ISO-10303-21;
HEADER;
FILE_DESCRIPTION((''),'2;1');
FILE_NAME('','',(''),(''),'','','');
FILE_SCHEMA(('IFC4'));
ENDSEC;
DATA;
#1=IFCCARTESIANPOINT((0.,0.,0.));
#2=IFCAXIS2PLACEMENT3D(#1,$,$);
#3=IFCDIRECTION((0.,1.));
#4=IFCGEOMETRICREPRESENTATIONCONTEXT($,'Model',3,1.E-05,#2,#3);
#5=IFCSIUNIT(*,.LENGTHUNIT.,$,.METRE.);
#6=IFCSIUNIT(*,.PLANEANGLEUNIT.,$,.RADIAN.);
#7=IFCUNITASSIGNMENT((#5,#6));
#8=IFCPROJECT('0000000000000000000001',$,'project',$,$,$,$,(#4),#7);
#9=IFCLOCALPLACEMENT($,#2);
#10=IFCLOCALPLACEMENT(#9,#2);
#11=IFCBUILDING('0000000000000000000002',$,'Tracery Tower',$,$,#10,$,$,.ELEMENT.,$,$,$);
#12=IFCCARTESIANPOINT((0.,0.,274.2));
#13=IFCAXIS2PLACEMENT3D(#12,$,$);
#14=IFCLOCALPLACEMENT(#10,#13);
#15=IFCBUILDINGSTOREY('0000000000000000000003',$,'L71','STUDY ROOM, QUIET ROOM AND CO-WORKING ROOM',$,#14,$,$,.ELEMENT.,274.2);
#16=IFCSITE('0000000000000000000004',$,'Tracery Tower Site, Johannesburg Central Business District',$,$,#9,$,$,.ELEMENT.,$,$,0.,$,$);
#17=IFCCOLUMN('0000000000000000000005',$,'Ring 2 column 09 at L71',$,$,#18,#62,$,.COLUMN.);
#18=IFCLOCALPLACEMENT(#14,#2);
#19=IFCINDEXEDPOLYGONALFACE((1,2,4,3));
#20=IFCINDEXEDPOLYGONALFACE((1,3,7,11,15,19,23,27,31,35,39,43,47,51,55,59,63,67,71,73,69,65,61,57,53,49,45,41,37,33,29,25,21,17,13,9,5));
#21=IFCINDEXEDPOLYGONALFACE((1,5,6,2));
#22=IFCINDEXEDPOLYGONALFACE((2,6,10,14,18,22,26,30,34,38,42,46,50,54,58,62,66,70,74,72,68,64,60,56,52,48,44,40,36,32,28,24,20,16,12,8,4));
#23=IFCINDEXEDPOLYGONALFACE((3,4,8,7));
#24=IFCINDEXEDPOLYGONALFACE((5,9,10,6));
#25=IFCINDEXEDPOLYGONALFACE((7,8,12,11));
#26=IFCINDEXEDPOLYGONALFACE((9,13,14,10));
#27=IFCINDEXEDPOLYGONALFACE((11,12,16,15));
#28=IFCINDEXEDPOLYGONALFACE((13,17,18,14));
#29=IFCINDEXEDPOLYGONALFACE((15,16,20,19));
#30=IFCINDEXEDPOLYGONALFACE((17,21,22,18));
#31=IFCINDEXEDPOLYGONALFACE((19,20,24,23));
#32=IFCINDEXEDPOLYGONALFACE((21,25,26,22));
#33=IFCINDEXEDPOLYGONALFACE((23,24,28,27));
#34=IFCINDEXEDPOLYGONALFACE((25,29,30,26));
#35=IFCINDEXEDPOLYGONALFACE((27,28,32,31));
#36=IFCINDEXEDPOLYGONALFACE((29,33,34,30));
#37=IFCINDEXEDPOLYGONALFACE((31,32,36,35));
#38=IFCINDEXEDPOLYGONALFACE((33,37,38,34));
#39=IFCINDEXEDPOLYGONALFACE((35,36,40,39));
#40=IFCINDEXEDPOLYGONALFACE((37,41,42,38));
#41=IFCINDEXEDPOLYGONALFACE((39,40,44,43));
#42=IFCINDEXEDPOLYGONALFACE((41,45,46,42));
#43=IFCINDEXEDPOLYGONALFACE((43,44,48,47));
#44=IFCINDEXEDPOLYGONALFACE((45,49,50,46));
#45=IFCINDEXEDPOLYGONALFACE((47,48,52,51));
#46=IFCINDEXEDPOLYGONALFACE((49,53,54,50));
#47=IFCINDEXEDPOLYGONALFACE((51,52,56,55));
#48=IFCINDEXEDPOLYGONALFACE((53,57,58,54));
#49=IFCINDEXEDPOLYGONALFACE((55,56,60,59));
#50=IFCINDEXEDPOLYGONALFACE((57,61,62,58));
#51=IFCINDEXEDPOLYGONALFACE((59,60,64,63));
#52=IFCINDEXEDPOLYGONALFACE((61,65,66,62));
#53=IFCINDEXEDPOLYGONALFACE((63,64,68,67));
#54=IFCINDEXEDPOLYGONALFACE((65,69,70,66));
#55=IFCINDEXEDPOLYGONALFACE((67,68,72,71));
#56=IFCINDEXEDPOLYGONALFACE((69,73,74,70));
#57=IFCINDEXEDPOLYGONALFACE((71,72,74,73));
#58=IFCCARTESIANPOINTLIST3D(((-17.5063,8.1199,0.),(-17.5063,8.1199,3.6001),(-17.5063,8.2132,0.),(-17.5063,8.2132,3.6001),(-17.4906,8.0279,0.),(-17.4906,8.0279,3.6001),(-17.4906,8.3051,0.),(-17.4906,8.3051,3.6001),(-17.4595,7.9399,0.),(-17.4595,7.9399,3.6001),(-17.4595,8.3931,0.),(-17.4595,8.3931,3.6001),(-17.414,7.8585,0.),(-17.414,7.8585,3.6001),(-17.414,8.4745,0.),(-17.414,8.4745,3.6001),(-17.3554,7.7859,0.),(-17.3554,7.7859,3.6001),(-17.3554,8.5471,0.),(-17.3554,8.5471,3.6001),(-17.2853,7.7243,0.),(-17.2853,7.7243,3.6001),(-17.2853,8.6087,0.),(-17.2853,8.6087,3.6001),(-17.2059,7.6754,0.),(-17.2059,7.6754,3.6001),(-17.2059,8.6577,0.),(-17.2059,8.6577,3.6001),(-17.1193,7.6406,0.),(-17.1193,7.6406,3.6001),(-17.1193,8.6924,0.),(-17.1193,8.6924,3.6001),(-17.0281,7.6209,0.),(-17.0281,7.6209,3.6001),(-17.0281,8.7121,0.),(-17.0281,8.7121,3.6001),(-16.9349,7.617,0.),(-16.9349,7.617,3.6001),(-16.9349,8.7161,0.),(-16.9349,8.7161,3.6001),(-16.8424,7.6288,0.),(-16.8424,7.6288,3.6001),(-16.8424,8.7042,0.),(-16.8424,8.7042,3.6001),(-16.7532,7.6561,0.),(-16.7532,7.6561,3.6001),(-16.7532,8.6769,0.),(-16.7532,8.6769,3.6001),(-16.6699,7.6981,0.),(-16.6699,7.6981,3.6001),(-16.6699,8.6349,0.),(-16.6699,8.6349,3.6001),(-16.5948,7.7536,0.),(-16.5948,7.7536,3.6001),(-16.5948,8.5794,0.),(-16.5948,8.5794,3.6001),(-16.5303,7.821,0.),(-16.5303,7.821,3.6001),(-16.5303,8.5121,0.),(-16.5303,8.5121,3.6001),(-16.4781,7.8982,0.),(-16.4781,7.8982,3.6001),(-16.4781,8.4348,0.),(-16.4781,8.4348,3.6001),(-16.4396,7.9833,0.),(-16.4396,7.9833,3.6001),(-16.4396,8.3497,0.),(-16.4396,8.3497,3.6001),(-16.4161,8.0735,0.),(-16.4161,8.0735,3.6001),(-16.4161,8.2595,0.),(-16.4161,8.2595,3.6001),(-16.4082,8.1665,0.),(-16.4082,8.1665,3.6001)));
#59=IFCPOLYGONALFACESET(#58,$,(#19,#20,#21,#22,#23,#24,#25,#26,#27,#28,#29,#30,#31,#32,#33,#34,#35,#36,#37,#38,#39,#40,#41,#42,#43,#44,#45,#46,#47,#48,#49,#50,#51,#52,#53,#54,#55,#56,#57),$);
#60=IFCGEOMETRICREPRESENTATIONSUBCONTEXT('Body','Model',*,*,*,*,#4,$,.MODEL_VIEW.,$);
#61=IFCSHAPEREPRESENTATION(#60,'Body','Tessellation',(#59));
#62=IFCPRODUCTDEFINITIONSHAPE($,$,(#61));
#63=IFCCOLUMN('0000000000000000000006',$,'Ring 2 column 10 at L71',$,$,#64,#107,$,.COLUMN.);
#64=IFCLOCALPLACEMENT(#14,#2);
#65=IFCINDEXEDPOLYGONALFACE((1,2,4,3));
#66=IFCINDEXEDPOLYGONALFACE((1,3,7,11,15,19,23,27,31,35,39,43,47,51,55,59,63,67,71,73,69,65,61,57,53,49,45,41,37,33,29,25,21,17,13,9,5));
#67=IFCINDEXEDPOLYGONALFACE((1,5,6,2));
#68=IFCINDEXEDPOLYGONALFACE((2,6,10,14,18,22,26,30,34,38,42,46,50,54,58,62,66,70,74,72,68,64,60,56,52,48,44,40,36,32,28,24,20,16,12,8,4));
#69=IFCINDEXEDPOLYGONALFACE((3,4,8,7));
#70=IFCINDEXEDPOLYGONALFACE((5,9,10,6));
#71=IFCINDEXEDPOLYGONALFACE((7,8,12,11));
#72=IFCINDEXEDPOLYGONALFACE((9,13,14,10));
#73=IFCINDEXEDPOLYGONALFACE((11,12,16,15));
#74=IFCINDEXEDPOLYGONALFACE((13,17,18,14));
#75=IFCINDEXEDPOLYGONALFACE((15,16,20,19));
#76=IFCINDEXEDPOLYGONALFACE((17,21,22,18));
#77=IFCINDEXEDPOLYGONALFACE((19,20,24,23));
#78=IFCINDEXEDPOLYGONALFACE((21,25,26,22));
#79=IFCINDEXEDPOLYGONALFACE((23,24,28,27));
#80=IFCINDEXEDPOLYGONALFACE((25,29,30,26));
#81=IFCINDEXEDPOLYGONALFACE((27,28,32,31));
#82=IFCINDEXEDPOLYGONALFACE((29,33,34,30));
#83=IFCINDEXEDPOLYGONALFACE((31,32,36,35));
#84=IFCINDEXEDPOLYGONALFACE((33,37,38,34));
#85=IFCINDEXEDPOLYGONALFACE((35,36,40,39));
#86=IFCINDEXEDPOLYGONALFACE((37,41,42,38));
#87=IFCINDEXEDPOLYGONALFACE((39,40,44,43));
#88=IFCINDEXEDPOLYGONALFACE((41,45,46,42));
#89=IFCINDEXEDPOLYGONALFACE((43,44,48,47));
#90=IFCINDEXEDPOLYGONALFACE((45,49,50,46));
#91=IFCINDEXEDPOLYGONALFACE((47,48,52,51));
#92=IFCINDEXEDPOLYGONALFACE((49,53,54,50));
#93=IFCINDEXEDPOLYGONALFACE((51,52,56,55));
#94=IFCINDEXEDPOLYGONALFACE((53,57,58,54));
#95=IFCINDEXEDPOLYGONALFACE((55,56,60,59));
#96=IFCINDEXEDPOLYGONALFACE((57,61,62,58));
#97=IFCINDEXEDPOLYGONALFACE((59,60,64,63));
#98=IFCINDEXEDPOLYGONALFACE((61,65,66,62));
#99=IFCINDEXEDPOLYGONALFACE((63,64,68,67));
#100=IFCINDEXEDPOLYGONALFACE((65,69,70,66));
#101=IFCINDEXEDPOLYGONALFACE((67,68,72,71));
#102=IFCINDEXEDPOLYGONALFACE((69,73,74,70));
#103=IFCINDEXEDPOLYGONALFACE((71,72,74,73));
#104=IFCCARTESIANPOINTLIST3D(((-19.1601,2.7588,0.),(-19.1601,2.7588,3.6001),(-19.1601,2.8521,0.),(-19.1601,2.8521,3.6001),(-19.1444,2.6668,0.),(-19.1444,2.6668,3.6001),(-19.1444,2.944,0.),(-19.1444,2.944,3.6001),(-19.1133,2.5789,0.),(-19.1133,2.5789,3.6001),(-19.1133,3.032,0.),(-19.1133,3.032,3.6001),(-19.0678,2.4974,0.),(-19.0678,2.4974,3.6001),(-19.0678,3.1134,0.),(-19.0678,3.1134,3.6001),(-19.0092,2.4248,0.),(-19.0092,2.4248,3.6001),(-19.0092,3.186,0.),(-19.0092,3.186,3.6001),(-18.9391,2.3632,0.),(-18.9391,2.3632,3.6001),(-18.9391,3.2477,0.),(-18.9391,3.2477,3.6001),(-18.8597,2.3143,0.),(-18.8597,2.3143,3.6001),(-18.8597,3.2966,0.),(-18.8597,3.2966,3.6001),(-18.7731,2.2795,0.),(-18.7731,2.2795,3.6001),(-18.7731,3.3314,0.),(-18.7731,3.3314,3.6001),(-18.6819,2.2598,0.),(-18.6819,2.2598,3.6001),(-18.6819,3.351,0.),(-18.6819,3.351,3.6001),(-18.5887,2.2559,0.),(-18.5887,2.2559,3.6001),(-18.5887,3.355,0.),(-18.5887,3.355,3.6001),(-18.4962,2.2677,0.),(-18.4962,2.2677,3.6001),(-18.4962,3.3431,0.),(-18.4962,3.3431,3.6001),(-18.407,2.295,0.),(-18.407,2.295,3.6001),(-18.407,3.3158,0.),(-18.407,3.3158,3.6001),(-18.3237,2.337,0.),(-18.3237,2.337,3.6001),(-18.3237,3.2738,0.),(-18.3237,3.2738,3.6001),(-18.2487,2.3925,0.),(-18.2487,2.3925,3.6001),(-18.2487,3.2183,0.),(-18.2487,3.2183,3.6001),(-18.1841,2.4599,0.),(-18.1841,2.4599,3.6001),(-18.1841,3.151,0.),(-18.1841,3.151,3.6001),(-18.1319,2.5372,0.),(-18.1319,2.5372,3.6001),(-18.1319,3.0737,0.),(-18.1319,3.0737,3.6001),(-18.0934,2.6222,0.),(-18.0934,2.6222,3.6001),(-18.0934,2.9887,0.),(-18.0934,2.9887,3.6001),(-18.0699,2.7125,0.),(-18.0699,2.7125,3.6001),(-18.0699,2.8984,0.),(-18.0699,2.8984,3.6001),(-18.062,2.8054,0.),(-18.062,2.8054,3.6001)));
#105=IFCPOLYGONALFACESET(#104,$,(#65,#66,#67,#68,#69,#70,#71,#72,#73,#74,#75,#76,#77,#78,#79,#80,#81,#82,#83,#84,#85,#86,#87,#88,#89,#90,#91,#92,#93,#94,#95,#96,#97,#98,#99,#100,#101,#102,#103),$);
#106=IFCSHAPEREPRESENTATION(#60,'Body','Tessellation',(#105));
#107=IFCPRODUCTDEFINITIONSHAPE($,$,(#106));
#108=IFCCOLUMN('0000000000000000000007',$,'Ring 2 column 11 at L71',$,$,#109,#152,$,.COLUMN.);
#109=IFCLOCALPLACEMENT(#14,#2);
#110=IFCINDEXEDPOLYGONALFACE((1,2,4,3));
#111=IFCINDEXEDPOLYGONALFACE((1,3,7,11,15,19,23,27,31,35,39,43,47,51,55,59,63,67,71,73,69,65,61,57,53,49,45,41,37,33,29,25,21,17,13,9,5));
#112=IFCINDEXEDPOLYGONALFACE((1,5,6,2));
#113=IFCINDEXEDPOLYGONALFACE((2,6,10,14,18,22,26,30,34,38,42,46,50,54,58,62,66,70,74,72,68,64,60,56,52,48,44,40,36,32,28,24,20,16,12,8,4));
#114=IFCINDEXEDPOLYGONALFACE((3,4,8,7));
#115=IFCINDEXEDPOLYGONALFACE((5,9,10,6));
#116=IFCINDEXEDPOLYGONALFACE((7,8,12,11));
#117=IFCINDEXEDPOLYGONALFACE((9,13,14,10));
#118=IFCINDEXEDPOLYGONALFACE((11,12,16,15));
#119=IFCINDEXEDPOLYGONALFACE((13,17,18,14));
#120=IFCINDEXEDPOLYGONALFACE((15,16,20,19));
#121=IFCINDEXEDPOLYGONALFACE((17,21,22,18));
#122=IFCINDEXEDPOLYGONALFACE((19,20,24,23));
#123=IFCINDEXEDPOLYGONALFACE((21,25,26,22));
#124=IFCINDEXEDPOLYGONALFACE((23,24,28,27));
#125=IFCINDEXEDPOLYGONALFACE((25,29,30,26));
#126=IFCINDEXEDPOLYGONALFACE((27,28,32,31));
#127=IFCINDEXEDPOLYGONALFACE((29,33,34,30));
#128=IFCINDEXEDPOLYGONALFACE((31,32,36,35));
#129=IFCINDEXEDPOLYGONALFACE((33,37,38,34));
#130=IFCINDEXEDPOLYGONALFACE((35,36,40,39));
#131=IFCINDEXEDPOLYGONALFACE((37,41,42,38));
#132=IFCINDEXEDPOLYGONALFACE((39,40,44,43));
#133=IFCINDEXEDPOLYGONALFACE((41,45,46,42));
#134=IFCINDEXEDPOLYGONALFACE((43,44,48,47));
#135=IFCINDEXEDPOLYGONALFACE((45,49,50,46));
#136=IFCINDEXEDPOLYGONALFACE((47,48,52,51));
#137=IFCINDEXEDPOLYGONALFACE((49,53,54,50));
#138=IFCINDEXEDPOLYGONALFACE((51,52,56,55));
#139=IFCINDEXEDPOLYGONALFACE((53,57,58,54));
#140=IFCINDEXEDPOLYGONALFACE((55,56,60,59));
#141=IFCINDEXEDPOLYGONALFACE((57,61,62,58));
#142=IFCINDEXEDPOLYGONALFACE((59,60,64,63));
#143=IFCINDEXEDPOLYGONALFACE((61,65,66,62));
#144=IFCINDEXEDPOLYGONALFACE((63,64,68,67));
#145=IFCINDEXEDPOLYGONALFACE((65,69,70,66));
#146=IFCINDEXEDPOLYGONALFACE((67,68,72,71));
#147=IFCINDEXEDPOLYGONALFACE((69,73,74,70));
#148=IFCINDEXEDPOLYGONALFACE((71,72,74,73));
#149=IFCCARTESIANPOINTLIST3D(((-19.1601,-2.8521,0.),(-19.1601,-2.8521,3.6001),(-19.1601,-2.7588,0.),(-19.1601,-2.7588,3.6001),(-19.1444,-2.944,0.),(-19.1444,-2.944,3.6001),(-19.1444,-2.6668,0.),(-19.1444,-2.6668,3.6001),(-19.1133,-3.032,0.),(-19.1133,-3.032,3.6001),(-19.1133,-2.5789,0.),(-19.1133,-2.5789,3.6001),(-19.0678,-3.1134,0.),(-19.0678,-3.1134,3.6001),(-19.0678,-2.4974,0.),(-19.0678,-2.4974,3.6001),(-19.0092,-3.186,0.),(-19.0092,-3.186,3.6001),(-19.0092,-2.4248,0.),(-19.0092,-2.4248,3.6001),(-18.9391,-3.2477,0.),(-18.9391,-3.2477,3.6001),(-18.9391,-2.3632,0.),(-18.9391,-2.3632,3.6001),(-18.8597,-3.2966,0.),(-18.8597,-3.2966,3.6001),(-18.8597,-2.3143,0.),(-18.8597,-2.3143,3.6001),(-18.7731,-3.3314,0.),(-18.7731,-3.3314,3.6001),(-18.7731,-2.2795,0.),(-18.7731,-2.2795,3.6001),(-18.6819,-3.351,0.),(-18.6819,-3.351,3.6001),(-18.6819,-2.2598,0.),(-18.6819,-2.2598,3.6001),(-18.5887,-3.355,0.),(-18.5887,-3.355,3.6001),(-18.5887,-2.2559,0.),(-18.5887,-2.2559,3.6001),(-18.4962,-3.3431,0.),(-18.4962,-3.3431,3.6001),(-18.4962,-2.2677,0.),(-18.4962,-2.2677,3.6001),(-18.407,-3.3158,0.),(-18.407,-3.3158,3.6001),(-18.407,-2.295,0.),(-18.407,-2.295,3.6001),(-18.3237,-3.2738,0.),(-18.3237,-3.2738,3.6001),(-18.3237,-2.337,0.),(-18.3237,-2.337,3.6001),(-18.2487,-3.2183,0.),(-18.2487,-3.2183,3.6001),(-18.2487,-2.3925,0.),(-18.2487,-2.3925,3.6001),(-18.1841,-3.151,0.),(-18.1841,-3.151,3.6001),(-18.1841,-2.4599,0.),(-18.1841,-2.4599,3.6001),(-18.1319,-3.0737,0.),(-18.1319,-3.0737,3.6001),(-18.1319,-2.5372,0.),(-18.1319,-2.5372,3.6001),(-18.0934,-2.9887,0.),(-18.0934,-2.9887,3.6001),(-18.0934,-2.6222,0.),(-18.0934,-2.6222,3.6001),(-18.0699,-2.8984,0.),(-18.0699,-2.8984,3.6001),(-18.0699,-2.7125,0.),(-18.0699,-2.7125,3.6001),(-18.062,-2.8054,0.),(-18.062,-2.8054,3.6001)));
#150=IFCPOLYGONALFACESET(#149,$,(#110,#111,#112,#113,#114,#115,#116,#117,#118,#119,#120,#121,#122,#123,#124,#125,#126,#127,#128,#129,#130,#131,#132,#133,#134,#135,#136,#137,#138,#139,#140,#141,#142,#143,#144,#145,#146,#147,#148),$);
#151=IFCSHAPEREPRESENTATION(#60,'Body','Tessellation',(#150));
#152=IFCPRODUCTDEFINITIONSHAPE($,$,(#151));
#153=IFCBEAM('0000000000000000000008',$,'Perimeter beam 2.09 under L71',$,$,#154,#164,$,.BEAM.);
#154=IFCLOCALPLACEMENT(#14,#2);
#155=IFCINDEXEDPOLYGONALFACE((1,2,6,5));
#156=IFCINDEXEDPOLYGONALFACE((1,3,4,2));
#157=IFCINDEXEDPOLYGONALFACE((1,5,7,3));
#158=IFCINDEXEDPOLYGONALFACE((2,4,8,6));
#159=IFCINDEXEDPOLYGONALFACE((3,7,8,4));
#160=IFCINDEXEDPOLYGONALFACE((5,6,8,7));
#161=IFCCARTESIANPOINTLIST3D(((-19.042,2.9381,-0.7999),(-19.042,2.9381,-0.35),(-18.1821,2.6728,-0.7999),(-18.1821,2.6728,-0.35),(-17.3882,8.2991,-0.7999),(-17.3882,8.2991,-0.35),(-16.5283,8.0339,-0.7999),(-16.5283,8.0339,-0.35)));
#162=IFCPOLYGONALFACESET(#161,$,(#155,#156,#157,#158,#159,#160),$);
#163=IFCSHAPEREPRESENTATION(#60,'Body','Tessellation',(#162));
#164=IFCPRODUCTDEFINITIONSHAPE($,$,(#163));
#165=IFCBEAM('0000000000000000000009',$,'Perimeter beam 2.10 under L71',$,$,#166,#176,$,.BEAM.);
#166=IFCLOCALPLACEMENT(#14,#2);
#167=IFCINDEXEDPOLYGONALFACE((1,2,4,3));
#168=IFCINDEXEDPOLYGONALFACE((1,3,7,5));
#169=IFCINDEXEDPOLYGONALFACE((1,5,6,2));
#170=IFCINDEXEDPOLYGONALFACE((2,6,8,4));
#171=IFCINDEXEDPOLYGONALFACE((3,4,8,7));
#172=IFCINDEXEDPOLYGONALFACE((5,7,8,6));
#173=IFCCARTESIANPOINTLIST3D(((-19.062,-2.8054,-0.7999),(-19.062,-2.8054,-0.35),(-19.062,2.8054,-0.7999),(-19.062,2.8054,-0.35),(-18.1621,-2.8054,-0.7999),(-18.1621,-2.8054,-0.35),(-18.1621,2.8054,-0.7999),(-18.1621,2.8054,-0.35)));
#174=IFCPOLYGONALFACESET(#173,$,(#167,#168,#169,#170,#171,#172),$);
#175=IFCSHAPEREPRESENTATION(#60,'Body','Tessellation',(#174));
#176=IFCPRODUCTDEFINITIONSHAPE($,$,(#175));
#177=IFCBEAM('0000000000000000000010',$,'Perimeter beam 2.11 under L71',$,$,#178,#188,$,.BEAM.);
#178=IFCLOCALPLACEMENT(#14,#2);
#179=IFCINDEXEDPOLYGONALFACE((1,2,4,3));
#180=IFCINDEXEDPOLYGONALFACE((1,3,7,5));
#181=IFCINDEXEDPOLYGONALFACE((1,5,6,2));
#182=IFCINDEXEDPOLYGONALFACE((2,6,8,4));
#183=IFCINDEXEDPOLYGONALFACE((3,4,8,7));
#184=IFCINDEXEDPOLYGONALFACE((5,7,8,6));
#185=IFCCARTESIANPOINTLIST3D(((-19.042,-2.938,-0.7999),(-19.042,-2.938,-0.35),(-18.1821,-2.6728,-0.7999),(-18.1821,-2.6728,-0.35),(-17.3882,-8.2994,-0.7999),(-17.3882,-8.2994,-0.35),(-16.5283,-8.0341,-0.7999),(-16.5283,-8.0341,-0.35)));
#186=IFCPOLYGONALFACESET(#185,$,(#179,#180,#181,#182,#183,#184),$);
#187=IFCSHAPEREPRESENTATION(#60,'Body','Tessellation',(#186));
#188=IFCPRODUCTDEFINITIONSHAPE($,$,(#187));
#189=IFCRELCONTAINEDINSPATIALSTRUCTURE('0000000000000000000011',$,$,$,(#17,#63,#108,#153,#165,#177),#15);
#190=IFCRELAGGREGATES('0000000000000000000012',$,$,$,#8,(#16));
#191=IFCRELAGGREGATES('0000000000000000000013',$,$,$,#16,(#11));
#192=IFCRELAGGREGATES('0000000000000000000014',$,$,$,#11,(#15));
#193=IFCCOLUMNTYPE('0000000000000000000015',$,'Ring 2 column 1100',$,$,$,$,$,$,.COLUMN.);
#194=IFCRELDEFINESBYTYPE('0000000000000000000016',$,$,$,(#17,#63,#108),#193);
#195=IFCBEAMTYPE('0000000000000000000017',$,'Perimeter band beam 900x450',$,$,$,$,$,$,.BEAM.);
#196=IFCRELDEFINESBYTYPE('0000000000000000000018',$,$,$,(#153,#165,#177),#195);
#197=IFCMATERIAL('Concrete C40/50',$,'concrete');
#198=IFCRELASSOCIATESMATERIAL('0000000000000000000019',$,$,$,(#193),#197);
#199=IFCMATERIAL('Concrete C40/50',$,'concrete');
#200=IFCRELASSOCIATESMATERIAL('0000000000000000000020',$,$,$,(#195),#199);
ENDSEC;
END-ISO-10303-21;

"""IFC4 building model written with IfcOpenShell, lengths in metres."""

from ifc_helpers import new_model, si_unit, direction, frame, origin, origin_2d, place, context, subcontext, project, spatial, rectangle, circle, extrude, material, material_profile, profile_set, type_object, element, save


model = new_model("IFC4")

# Units and contexts
model_context = context("Model", 3, precision=1e-05, world=origin(), true_north=direction((0.0, 1.0)))
body_context = subcontext(model_context, "Body", "Model", "MODEL_VIEW")
ifc_project = project(units=[si_unit("LENGTHUNIT", "METRE"), si_unit("PLANEANGLEUNIT", "RADIAN")], contexts=[model_context])

# Site, building, storey
site_placement = place(None, origin())
site = spatial("IfcSite", under=ifc_project, at=site_placement, Name="Tracery Tower Site, Johannesburg Central Business District", CompositionType="ELEMENT", RefElevation=0.0)
building_placement = place(site_placement, origin())
building = spatial("IfcBuilding", under=site, at=building_placement, Name="Tracery Tower", CompositionType="ELEMENT")
storey_placement = place(building_placement, frame((0.0, 0.0, 274.2)))
storey = spatial("IfcBuildingStorey", under=building, at=storey_placement, Name="L71", Description="STUDY ROOM, QUIET ROOM AND CO-WORKING ROOM", CompositionType="ELEMENT", Elevation=274.2)

# Columns
ifc_material_1 = material(Name="Concrete C40/50", Category="concrete")
ifc_material_profile_1 = material_profile(ifc_material_1, circle(Radius=0.55, at=origin_2d()), Name="RC D1100")
ifc_profile_set_1 = profile_set([ifc_material_profile_1], Name="Concrete C40/50")
column_type = type_object("IfcColumnType", Name="Ring 2 column 1100", PredefinedType="COLUMN", material=ifc_profile_set_1)
for number, where, z_axis, x_axis, name in (
    (1, (-16.9583, 8.1665, 0.0), (0.0, 0.0, 1.0), (1.0, 0.0, 0.0), "Ring 2 column 09 at L71"),
    (2, (-18.6121, 2.8054, 0.0), (0.0, 0.0, 1.0), (1.0, 0.0, 0.0), "Ring 2 column 10 at L71"),
    (3, (-18.6121, -2.8054, 0.0), (0.0, 0.0, 1.0), (1.0, 0.0, 0.0), "Ring 2 column 11 at L71"),
):
    element("IfcColumn", number, at=place(storey_placement, frame(where, z_axis=z_axis, x_axis=x_axis)), inside=storey, type_object=column_type, Name=name, PredefinedType="COLUMN", context=body_context, shape_type="SweptSolid", body=[
        extrude(circle(Radius=0.55, at=origin_2d()), origin(), (0.0, 0.0, 1.0), 3.6001),
    ])

# Beams
ifc_material_2 = material(Name="Concrete C40/50", Category="concrete")
ifc_material_profile_2 = material_profile(ifc_material_2, rectangle(XDim=0.8999, YDim=0.45, at=origin_2d()), Name="RC 900x450")
ifc_profile_set_2 = profile_set([ifc_material_profile_2], Name="Concrete C40/50")
beam_type = type_object("IfcBeamType", Name="Perimeter band beam 900x450", PredefinedType="BEAM", material=ifc_profile_set_2)
beam_1_placement = place(storey_placement, frame((-16.9583, 8.1665, -0.575), z_axis=(-0.294777, -0.955566, 0.0), x_axis=(0.955566, -0.294777, 0.0)))
element("IfcBeam", 4, at=beam_1_placement, inside=storey, type_object=beam_type, Name="Perimeter beam 2.09 under L71", PredefinedType="BEAM", context=body_context, shape_type="SweptSolid", body=[
    extrude(rectangle(XDim=0.8999, YDim=0.45, at=origin_2d()), origin(), (0.0, 0.0, 1.0), 5.6104),
])
beam_2_placement = place(storey_placement, frame((-18.6121, 2.8054, -0.575), z_axis=(0.0, -1.0, 0.0), x_axis=(1.0, 0.0, 0.0)))
element("IfcBeam", 5, at=beam_2_placement, inside=storey, type_object=beam_type, Name="Perimeter beam 2.10 under L71", PredefinedType="BEAM", context=body_context, shape_type="SweptSolid", body=[
    extrude(rectangle(XDim=0.8999, YDim=0.45, at=origin_2d()), origin(), (0.0, 0.0, 1.0), 5.6108),
])
beam_3_placement = place(storey_placement, frame((-18.6121, -2.8054, -0.575), z_axis=(0.294765, -0.95557, 0.0), x_axis=(0.95557, 0.294765, 0.0)))
element("IfcBeam", 6, at=beam_3_placement, inside=storey, type_object=beam_type, Name="Perimeter beam 2.11 under L71", PredefinedType="BEAM", context=body_context, shape_type="SweptSolid", body=[
    extrude(rectangle(XDim=0.8999, YDim=0.45, at=origin_2d()), origin(), (0.0, 0.0, 1.0), 5.6106),
])

save(model, "model.ifc")
